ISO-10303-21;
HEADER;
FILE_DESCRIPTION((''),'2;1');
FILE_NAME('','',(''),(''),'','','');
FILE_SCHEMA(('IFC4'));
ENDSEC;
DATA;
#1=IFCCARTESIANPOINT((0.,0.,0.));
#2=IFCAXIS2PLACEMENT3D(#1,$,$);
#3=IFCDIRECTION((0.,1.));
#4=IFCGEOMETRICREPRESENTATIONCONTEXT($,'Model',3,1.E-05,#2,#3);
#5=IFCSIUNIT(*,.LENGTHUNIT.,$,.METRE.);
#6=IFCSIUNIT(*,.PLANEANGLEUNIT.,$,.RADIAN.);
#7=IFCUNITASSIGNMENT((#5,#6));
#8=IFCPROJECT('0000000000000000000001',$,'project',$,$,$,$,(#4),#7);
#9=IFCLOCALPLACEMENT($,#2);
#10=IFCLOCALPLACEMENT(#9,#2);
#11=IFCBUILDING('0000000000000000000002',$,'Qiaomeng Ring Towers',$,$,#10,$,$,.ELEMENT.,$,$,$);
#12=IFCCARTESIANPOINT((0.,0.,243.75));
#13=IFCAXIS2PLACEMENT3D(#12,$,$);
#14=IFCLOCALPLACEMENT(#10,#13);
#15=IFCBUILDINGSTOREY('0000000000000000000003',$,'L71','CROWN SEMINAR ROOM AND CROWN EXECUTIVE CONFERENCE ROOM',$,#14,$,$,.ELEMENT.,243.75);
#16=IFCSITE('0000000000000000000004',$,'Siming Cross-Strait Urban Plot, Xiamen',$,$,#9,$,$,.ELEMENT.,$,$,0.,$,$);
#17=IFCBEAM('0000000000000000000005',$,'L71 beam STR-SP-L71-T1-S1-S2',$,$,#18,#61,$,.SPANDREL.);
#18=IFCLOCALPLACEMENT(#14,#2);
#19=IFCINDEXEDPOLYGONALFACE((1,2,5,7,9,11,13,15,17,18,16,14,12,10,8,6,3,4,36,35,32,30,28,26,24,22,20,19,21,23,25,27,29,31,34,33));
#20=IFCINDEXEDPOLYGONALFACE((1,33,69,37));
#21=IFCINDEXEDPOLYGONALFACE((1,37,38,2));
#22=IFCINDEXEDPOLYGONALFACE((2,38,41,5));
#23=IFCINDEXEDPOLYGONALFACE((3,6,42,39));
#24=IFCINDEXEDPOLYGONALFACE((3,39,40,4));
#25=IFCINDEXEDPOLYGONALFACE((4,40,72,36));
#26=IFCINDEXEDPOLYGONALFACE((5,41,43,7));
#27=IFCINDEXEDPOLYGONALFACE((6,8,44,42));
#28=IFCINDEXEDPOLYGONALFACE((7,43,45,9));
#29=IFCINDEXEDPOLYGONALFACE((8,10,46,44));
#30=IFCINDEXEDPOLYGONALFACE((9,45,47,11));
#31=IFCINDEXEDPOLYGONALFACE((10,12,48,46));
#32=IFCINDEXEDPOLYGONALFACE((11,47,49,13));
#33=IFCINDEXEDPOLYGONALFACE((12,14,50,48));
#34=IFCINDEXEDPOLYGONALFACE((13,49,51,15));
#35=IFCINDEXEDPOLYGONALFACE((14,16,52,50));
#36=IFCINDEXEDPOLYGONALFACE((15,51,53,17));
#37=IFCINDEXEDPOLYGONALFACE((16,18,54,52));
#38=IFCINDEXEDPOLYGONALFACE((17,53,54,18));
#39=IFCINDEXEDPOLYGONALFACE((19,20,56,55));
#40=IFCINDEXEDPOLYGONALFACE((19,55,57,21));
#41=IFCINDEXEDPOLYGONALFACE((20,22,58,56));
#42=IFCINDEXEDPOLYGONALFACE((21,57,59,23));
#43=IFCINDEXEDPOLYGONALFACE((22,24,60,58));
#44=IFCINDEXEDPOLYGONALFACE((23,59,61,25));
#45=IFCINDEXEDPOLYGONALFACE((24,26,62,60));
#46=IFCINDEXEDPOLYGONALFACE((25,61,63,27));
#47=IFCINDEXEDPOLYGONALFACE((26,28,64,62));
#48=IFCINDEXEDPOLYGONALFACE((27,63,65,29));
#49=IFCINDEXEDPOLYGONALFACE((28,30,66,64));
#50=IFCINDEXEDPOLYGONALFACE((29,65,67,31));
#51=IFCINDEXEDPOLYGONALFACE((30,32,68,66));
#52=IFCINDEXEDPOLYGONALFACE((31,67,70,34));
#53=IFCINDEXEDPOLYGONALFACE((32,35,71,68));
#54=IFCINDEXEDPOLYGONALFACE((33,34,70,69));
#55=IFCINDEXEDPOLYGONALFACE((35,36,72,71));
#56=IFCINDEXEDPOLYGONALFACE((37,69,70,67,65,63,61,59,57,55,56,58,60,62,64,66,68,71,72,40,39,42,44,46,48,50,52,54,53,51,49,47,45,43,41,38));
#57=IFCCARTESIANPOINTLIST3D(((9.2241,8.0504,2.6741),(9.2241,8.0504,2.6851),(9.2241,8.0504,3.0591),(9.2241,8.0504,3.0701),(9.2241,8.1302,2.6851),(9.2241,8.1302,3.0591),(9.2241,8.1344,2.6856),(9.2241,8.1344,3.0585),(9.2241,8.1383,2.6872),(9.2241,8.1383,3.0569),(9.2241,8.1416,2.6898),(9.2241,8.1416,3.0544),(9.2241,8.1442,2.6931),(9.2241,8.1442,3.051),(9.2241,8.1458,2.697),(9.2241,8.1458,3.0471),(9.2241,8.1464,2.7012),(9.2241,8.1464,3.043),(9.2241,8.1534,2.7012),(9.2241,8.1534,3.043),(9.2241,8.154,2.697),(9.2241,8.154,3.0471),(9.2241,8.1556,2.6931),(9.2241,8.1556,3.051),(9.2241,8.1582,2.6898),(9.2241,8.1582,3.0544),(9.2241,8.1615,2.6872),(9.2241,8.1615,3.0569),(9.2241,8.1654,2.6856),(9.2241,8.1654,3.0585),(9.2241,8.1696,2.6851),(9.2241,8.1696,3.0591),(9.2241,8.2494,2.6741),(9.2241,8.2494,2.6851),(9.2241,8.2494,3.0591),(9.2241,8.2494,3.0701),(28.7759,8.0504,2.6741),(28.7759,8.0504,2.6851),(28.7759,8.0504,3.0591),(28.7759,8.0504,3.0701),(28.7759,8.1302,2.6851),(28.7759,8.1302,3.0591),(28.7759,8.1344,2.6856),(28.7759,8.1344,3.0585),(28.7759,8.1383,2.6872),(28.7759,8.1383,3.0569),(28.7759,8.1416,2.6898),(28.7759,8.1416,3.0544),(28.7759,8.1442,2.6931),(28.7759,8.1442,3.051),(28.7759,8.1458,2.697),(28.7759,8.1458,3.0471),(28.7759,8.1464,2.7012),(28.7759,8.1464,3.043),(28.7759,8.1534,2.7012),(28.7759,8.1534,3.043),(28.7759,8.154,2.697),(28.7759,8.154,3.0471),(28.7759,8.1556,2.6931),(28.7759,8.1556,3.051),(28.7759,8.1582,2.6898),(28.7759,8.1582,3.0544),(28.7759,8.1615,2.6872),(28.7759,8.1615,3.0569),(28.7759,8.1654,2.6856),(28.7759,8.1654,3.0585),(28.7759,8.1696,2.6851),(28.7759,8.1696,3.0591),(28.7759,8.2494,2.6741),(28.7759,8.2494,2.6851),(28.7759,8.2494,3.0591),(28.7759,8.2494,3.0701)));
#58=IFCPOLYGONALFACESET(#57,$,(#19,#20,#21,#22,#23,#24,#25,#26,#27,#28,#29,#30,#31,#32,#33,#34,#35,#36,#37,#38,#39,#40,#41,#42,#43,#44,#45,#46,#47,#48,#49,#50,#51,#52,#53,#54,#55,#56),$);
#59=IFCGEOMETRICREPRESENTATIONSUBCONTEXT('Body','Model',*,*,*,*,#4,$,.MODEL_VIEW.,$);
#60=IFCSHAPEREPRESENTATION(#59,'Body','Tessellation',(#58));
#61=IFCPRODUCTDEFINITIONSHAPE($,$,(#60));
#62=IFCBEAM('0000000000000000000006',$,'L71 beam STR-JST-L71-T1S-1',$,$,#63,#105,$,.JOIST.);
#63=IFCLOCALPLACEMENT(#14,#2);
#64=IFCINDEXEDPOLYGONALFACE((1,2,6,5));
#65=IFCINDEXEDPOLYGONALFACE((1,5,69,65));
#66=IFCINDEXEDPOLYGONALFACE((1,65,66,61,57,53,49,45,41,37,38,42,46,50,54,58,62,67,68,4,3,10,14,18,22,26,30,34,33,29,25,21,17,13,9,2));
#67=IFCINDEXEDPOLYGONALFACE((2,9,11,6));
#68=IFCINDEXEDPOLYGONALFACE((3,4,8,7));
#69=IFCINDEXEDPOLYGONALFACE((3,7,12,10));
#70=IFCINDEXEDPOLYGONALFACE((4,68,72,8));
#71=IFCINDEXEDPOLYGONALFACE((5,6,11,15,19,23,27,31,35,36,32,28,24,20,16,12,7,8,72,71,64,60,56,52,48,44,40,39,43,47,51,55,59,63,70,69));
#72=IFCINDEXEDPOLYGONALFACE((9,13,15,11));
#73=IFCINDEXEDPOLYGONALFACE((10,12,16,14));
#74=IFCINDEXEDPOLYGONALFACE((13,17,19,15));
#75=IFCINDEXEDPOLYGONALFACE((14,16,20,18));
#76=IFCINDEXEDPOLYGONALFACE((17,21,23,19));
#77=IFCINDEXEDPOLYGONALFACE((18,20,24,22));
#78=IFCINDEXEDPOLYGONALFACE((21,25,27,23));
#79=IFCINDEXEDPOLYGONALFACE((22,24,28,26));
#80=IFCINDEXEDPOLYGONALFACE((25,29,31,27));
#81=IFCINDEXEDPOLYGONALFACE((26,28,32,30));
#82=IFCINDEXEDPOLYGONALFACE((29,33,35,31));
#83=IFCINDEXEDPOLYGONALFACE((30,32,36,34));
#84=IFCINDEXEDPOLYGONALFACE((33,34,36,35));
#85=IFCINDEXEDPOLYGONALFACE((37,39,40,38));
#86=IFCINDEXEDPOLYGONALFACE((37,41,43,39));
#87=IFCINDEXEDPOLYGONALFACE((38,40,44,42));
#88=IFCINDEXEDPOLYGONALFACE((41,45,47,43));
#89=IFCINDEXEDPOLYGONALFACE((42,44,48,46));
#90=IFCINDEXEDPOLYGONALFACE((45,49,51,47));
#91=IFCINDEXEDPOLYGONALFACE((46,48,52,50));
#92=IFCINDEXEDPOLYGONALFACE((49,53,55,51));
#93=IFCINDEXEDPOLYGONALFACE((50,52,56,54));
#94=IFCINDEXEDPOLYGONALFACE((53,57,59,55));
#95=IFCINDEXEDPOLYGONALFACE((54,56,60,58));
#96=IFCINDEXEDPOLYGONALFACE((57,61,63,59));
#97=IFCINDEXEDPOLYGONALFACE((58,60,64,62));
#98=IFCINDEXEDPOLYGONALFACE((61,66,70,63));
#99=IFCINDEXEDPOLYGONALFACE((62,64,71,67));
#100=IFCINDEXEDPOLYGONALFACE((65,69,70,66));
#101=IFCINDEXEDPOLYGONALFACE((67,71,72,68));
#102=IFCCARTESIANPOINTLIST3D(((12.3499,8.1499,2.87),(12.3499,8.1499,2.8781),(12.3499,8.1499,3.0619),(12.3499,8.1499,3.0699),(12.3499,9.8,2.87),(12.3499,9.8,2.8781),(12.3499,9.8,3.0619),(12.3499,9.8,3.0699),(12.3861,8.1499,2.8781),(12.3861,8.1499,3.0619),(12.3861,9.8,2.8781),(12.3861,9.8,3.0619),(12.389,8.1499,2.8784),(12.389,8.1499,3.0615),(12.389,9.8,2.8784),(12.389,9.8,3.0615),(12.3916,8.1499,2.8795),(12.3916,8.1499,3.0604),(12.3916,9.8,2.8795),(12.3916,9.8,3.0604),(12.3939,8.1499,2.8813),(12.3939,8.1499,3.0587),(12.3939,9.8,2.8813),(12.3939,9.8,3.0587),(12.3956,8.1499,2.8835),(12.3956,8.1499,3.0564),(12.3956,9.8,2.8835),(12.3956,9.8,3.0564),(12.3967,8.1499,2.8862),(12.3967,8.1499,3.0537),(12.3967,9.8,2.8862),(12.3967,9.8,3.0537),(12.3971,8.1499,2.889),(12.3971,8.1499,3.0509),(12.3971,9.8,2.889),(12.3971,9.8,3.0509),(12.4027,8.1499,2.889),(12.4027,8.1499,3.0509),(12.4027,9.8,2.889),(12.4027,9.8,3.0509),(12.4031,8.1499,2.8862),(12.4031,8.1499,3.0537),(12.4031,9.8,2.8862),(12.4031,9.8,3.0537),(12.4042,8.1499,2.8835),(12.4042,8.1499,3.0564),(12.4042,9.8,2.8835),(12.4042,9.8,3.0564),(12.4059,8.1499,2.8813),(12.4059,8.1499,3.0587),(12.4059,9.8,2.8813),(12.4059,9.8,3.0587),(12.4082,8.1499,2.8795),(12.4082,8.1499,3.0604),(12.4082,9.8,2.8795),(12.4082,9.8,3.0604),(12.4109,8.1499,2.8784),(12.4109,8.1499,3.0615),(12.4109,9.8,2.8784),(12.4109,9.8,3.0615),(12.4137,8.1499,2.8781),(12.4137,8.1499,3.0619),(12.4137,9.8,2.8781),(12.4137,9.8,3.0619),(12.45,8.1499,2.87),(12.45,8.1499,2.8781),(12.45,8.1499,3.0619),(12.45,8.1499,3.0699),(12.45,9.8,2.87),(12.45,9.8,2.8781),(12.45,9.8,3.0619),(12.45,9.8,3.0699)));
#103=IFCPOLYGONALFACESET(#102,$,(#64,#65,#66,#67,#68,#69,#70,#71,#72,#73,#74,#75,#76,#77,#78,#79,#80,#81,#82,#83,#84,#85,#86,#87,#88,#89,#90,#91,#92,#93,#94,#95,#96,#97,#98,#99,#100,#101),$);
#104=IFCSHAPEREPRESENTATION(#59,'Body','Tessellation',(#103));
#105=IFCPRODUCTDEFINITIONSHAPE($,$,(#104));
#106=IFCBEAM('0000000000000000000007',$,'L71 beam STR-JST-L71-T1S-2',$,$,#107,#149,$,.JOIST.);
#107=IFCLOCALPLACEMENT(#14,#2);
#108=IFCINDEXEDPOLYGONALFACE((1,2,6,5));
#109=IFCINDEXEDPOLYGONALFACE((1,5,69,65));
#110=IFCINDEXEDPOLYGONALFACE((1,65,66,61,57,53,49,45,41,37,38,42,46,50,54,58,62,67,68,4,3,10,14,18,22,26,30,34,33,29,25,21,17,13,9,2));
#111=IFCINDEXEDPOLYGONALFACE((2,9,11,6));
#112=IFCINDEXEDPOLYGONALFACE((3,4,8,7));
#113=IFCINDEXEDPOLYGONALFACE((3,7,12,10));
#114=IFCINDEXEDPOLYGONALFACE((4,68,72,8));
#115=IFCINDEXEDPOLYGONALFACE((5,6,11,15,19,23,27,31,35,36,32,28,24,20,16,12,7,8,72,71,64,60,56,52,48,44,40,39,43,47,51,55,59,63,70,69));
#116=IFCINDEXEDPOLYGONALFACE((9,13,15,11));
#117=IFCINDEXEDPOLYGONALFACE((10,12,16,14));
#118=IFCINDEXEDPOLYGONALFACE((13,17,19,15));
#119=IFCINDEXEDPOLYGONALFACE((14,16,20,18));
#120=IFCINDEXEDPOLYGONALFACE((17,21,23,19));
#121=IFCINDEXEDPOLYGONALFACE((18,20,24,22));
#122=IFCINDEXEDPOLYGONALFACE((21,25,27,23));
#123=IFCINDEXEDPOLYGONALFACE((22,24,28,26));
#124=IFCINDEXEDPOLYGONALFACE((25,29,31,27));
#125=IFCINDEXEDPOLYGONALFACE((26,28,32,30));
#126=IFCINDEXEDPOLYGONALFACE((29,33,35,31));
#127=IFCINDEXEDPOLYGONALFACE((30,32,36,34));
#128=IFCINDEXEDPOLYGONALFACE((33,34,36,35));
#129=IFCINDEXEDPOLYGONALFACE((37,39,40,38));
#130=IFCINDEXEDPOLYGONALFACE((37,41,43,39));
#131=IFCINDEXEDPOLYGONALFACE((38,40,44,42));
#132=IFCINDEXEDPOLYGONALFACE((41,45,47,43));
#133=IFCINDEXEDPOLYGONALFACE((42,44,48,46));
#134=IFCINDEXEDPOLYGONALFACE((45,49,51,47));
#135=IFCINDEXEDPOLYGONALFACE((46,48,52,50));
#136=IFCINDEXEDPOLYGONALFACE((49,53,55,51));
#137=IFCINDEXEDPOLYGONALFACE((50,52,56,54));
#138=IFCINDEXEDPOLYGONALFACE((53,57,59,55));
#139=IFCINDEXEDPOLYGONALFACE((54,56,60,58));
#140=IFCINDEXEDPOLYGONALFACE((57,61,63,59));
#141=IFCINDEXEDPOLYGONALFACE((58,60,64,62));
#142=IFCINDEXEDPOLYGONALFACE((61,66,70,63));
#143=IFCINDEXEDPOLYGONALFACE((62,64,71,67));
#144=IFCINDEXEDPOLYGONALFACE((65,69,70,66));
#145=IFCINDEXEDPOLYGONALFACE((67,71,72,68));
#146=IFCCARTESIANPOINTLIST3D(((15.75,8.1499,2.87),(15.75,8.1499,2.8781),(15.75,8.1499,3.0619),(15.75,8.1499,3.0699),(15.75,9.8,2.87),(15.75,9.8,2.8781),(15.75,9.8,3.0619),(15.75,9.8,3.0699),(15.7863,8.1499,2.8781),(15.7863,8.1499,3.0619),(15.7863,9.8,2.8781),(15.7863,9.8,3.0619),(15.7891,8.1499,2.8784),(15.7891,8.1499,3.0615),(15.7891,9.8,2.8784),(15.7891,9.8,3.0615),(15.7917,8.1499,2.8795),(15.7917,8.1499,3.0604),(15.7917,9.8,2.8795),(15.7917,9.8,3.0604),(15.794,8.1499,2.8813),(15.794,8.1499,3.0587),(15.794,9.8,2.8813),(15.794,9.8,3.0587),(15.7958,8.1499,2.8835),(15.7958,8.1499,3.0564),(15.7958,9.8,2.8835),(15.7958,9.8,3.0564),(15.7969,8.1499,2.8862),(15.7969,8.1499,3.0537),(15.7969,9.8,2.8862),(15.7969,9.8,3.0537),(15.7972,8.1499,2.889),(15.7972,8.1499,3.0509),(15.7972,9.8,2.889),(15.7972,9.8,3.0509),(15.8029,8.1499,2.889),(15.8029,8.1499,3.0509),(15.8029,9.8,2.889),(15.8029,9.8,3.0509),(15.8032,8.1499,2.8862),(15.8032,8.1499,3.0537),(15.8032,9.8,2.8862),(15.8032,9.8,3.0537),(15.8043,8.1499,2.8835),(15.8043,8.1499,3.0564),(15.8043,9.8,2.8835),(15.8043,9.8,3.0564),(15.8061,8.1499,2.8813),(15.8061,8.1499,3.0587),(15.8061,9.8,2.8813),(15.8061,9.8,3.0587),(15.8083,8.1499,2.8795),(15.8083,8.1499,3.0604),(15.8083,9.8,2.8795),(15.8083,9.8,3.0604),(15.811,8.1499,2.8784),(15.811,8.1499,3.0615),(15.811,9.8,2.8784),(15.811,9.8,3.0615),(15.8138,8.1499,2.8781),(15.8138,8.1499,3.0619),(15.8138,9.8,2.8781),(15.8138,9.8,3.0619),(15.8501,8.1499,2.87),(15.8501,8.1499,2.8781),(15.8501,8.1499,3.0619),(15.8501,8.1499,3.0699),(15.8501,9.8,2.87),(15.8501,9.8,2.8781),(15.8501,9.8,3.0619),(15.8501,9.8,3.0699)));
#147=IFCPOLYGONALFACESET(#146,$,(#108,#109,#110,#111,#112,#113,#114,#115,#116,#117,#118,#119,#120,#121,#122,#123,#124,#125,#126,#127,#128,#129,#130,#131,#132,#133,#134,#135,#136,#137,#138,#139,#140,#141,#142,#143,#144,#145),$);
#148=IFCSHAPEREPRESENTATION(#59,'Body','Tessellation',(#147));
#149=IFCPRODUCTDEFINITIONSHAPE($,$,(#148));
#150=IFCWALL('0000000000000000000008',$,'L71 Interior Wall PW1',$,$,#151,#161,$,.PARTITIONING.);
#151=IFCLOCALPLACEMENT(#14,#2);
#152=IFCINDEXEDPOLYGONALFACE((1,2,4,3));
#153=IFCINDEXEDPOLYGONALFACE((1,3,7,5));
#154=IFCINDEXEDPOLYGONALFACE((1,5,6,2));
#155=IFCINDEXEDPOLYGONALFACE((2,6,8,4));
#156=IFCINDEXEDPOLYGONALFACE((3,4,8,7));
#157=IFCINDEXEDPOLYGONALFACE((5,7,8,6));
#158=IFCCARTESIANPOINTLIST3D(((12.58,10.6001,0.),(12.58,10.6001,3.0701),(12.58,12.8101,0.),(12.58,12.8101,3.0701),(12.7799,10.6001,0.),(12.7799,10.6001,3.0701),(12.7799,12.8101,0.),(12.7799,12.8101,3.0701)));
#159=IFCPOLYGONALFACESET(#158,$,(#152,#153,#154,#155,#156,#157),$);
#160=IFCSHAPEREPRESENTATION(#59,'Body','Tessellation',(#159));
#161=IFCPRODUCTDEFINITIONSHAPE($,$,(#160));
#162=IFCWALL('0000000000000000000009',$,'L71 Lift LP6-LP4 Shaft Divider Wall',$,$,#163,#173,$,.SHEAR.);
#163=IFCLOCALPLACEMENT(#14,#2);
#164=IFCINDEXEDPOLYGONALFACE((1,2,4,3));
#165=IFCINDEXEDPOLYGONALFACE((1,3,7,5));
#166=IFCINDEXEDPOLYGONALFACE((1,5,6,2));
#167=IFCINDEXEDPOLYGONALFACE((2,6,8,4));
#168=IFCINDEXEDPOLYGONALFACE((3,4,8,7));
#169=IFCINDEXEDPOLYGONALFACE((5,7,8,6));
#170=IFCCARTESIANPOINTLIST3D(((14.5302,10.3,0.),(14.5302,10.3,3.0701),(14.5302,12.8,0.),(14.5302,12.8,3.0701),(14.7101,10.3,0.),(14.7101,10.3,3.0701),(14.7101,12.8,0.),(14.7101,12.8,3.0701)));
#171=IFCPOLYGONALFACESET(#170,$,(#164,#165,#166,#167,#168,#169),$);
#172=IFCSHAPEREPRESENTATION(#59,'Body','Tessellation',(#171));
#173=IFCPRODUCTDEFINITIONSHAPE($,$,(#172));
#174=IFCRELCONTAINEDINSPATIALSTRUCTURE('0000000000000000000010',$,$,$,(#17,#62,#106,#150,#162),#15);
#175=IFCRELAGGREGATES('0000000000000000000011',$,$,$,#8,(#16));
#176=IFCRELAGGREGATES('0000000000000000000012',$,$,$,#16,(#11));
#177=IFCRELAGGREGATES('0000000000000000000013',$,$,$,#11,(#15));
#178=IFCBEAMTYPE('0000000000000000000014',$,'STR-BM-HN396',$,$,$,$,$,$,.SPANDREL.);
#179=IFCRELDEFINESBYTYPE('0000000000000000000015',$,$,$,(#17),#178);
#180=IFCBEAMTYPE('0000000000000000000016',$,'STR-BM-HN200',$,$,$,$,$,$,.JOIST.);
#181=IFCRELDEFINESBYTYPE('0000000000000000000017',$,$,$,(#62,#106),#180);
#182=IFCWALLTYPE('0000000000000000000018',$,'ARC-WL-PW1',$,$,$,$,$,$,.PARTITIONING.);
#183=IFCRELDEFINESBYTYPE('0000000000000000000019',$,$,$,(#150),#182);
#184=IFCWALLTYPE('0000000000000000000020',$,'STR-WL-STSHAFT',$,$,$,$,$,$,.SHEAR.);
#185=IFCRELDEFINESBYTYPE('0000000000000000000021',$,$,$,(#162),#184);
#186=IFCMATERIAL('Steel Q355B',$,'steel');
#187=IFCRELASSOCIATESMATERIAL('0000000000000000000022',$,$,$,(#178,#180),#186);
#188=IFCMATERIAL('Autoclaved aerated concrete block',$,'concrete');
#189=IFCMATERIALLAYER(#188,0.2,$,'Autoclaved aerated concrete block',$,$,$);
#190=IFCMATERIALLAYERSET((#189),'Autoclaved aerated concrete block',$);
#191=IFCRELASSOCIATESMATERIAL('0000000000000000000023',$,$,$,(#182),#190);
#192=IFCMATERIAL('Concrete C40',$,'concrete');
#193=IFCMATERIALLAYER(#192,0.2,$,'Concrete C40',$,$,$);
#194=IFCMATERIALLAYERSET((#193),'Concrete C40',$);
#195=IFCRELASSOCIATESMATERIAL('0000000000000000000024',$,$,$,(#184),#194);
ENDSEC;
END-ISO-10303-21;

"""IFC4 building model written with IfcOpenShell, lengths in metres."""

from ifc_helpers import new_model, si_unit, direction, frame, frame_2d, origin, origin_2d, place, context, subcontext, project, spatial, rectangle, i_section, extrude, source, transform, mapped, material, layer, layer_set, material_profile, profile_set, type_object, element, save


model = new_model("IFC4")

# Units and contexts
model_context = context("Model", 3, precision=1e-05, world=origin(), true_north=direction((0.0, 1.0)))
body_context = subcontext(model_context, "Body", "Model", "MODEL_VIEW")
ifc_project = project(units=[si_unit("LENGTHUNIT", "METRE"), si_unit("PLANEANGLEUNIT", "RADIAN")], contexts=[model_context])

# Site, building, storey
site_placement = place(None, origin())
site = spatial("IfcSite", under=ifc_project, at=site_placement, Name="Siming Cross-Strait Urban Plot, Xiamen", CompositionType="ELEMENT", RefElevation=0.0)
building_placement = place(site_placement, origin())
building = spatial("IfcBuilding", under=site, at=building_placement, Name="Qiaomeng Ring Towers", CompositionType="ELEMENT")
storey_placement = place(building_placement, frame((0.0, 0.0, 243.75)))
storey = spatial("IfcBuildingStorey", under=building, at=storey_placement, Name="L71", Description="CROWN SEMINAR ROOM AND CROWN EXECUTIVE CONFERENCE ROOM", CompositionType="ELEMENT", Elevation=243.75)

# Beams
ifc_material_1 = material(Name="Steel Q355B", Category="steel")
ifc_material_profile_1 = material_profile(ifc_material_1, i_section(OverallWidth=0.199, OverallDepth=0.396, WebThickness=0.0071, FlangeThickness=0.011, FilletRadius=0.0161, at=origin_2d()), Name="HN 396x199x7x11")
ifc_profile_set_1 = profile_set([ifc_material_profile_1], Name="Steel Q355B")
beam_type_1 = type_object("IfcBeamType", Name="STR-BM-HN396", PredefinedType="SPANDREL", material=ifc_profile_set_1)
shared_shape_1 = source(origin(), body_context, "Body", "SweptSolid", [
    extrude(i_section(OverallWidth=0.199, OverallDepth=0.396, WebThickness=0.0071, FlangeThickness=0.011, FilletRadius=0.0161, at=origin_2d()), origin(), (0.0, 0.0, 1.0), 19.5518),
])
beam_placement = place(storey_placement, frame((9.2241, 8.1499, 2.8721), z_axis=(1.0, 0.0, 0.0), x_axis=(0.0, 1.0, 0.0)))
element("IfcBeam", 1, at=beam_placement, inside=storey, type_object=beam_type_1, Name="L71 beam STR-SP-L71-T1-S1-S2", PredefinedType="SPANDREL", context=body_context, shape_type="MappedRepresentation", body=[
    mapped(shared_shape_1, transform((0.0, 0.0, 0.0), x_axis=(1.0, 0.0, 0.0), y_axis=(0.0, 1.0, 0.0), z_axis=(0.0, 0.0, 1.0), scale=1.0)),
])
ifc_material_profile_2 = material_profile(ifc_material_1, i_section(OverallWidth=0.1001, OverallDepth=0.2, WebThickness=0.0056, FlangeThickness=0.0081, FilletRadius=0.011, at=origin_2d()), Name="HN 200x100x5.5x8")
ifc_profile_set_2 = profile_set([ifc_material_profile_2], Name="Steel Q355B")
beam_type_2 = type_object("IfcBeamType", Name="STR-BM-HN200", PredefinedType="JOIST", material=ifc_profile_set_2)
shared_shape_2 = source(origin(), body_context, "Body", "SweptSolid", [
    extrude(i_section(OverallWidth=0.1001, OverallDepth=0.2, WebThickness=0.0056, FlangeThickness=0.0081, FilletRadius=0.011, at=origin_2d()), origin(), (0.0, 0.0, 1.0), 1.6501),
])
for number, where, z_axis, x_axis, name in (
    (2, (12.3999, 8.1499, 2.97), (0.0, 1.0, 0.0), (-1.0, 0.0, 0.0), "L71 beam STR-JST-L71-T1S-1"),
    (3, (15.8, 8.1499, 2.97), (0.0, 1.0, 0.0), (-1.0, 0.0, 0.0), "L71 beam STR-JST-L71-T1S-2"),
):
    element("IfcBeam", number, at=place(storey_placement, frame(where, z_axis=z_axis, x_axis=x_axis)), inside=storey, type_object=beam_type_2, Name=name, PredefinedType="JOIST", context=body_context, shape_type="MappedRepresentation", body=[
        mapped(shared_shape_2, transform((0.0, 0.0, 0.0), x_axis=(1.0, 0.0, 0.0), y_axis=(0.0, 1.0, 0.0), z_axis=(0.0, 0.0, 1.0), scale=1.0)),
    ])

# Walls
ifc_material_2 = material(Name="Autoclaved aerated concrete block", Category="concrete")
ifc_layer_1 = layer(ifc_material_2, 0.2, Name="Autoclaved aerated concrete block")
ifc_layer_set_1 = layer_set([ifc_layer_1], Name="Autoclaved aerated concrete block")
wall_type_1 = type_object("IfcWallType", Name="ARC-WL-PW1", PredefinedType="PARTITIONING", material=ifc_layer_set_1)
wall_1_placement = place(storey_placement, frame((12.6799, 10.6001, 0.0), z_axis=(0.0, 0.0, 1.0), x_axis=(0.0, 1.0, 0.0)))
element("IfcWall", 4, at=wall_1_placement, inside=storey, type_object=wall_type_1, Name="L71 Interior Wall PW1", PredefinedType="PARTITIONING", context=body_context, shape_type="SweptSolid", body=[
    extrude(rectangle(XDim=2.21, YDim=0.2, at=frame_2d((1.105, 0.0))), origin(), (0.0, 0.0, 1.0), 3.0701),
])
ifc_material_3 = material(Name="Concrete C40", Category="concrete")
ifc_layer_2 = layer(ifc_material_3, 0.2, Name="Concrete C40")
ifc_layer_set_2 = layer_set([ifc_layer_2], Name="Concrete C40")
wall_type_2 = type_object("IfcWallType", Name="STR-WL-STSHAFT", PredefinedType="SHEAR", material=ifc_layer_set_2)
wall_2_placement = place(storey_placement, frame((14.6201, 10.3, 0.0), z_axis=(0.0, 0.0, 1.0), x_axis=(0.0, 1.0, 0.0)))
element("IfcWall", 5, at=wall_2_placement, inside=storey, type_object=wall_type_2, Name="L71 Lift LP6-LP4 Shaft Divider Wall", PredefinedType="SHEAR", context=body_context, shape_type="SweptSolid", body=[
    extrude(rectangle(XDim=2.5, YDim=0.1799, at=frame_2d((1.25, 0.0))), origin(), (0.0, 0.0, 1.0), 3.0701),
])

save(model, "model.ifc")
